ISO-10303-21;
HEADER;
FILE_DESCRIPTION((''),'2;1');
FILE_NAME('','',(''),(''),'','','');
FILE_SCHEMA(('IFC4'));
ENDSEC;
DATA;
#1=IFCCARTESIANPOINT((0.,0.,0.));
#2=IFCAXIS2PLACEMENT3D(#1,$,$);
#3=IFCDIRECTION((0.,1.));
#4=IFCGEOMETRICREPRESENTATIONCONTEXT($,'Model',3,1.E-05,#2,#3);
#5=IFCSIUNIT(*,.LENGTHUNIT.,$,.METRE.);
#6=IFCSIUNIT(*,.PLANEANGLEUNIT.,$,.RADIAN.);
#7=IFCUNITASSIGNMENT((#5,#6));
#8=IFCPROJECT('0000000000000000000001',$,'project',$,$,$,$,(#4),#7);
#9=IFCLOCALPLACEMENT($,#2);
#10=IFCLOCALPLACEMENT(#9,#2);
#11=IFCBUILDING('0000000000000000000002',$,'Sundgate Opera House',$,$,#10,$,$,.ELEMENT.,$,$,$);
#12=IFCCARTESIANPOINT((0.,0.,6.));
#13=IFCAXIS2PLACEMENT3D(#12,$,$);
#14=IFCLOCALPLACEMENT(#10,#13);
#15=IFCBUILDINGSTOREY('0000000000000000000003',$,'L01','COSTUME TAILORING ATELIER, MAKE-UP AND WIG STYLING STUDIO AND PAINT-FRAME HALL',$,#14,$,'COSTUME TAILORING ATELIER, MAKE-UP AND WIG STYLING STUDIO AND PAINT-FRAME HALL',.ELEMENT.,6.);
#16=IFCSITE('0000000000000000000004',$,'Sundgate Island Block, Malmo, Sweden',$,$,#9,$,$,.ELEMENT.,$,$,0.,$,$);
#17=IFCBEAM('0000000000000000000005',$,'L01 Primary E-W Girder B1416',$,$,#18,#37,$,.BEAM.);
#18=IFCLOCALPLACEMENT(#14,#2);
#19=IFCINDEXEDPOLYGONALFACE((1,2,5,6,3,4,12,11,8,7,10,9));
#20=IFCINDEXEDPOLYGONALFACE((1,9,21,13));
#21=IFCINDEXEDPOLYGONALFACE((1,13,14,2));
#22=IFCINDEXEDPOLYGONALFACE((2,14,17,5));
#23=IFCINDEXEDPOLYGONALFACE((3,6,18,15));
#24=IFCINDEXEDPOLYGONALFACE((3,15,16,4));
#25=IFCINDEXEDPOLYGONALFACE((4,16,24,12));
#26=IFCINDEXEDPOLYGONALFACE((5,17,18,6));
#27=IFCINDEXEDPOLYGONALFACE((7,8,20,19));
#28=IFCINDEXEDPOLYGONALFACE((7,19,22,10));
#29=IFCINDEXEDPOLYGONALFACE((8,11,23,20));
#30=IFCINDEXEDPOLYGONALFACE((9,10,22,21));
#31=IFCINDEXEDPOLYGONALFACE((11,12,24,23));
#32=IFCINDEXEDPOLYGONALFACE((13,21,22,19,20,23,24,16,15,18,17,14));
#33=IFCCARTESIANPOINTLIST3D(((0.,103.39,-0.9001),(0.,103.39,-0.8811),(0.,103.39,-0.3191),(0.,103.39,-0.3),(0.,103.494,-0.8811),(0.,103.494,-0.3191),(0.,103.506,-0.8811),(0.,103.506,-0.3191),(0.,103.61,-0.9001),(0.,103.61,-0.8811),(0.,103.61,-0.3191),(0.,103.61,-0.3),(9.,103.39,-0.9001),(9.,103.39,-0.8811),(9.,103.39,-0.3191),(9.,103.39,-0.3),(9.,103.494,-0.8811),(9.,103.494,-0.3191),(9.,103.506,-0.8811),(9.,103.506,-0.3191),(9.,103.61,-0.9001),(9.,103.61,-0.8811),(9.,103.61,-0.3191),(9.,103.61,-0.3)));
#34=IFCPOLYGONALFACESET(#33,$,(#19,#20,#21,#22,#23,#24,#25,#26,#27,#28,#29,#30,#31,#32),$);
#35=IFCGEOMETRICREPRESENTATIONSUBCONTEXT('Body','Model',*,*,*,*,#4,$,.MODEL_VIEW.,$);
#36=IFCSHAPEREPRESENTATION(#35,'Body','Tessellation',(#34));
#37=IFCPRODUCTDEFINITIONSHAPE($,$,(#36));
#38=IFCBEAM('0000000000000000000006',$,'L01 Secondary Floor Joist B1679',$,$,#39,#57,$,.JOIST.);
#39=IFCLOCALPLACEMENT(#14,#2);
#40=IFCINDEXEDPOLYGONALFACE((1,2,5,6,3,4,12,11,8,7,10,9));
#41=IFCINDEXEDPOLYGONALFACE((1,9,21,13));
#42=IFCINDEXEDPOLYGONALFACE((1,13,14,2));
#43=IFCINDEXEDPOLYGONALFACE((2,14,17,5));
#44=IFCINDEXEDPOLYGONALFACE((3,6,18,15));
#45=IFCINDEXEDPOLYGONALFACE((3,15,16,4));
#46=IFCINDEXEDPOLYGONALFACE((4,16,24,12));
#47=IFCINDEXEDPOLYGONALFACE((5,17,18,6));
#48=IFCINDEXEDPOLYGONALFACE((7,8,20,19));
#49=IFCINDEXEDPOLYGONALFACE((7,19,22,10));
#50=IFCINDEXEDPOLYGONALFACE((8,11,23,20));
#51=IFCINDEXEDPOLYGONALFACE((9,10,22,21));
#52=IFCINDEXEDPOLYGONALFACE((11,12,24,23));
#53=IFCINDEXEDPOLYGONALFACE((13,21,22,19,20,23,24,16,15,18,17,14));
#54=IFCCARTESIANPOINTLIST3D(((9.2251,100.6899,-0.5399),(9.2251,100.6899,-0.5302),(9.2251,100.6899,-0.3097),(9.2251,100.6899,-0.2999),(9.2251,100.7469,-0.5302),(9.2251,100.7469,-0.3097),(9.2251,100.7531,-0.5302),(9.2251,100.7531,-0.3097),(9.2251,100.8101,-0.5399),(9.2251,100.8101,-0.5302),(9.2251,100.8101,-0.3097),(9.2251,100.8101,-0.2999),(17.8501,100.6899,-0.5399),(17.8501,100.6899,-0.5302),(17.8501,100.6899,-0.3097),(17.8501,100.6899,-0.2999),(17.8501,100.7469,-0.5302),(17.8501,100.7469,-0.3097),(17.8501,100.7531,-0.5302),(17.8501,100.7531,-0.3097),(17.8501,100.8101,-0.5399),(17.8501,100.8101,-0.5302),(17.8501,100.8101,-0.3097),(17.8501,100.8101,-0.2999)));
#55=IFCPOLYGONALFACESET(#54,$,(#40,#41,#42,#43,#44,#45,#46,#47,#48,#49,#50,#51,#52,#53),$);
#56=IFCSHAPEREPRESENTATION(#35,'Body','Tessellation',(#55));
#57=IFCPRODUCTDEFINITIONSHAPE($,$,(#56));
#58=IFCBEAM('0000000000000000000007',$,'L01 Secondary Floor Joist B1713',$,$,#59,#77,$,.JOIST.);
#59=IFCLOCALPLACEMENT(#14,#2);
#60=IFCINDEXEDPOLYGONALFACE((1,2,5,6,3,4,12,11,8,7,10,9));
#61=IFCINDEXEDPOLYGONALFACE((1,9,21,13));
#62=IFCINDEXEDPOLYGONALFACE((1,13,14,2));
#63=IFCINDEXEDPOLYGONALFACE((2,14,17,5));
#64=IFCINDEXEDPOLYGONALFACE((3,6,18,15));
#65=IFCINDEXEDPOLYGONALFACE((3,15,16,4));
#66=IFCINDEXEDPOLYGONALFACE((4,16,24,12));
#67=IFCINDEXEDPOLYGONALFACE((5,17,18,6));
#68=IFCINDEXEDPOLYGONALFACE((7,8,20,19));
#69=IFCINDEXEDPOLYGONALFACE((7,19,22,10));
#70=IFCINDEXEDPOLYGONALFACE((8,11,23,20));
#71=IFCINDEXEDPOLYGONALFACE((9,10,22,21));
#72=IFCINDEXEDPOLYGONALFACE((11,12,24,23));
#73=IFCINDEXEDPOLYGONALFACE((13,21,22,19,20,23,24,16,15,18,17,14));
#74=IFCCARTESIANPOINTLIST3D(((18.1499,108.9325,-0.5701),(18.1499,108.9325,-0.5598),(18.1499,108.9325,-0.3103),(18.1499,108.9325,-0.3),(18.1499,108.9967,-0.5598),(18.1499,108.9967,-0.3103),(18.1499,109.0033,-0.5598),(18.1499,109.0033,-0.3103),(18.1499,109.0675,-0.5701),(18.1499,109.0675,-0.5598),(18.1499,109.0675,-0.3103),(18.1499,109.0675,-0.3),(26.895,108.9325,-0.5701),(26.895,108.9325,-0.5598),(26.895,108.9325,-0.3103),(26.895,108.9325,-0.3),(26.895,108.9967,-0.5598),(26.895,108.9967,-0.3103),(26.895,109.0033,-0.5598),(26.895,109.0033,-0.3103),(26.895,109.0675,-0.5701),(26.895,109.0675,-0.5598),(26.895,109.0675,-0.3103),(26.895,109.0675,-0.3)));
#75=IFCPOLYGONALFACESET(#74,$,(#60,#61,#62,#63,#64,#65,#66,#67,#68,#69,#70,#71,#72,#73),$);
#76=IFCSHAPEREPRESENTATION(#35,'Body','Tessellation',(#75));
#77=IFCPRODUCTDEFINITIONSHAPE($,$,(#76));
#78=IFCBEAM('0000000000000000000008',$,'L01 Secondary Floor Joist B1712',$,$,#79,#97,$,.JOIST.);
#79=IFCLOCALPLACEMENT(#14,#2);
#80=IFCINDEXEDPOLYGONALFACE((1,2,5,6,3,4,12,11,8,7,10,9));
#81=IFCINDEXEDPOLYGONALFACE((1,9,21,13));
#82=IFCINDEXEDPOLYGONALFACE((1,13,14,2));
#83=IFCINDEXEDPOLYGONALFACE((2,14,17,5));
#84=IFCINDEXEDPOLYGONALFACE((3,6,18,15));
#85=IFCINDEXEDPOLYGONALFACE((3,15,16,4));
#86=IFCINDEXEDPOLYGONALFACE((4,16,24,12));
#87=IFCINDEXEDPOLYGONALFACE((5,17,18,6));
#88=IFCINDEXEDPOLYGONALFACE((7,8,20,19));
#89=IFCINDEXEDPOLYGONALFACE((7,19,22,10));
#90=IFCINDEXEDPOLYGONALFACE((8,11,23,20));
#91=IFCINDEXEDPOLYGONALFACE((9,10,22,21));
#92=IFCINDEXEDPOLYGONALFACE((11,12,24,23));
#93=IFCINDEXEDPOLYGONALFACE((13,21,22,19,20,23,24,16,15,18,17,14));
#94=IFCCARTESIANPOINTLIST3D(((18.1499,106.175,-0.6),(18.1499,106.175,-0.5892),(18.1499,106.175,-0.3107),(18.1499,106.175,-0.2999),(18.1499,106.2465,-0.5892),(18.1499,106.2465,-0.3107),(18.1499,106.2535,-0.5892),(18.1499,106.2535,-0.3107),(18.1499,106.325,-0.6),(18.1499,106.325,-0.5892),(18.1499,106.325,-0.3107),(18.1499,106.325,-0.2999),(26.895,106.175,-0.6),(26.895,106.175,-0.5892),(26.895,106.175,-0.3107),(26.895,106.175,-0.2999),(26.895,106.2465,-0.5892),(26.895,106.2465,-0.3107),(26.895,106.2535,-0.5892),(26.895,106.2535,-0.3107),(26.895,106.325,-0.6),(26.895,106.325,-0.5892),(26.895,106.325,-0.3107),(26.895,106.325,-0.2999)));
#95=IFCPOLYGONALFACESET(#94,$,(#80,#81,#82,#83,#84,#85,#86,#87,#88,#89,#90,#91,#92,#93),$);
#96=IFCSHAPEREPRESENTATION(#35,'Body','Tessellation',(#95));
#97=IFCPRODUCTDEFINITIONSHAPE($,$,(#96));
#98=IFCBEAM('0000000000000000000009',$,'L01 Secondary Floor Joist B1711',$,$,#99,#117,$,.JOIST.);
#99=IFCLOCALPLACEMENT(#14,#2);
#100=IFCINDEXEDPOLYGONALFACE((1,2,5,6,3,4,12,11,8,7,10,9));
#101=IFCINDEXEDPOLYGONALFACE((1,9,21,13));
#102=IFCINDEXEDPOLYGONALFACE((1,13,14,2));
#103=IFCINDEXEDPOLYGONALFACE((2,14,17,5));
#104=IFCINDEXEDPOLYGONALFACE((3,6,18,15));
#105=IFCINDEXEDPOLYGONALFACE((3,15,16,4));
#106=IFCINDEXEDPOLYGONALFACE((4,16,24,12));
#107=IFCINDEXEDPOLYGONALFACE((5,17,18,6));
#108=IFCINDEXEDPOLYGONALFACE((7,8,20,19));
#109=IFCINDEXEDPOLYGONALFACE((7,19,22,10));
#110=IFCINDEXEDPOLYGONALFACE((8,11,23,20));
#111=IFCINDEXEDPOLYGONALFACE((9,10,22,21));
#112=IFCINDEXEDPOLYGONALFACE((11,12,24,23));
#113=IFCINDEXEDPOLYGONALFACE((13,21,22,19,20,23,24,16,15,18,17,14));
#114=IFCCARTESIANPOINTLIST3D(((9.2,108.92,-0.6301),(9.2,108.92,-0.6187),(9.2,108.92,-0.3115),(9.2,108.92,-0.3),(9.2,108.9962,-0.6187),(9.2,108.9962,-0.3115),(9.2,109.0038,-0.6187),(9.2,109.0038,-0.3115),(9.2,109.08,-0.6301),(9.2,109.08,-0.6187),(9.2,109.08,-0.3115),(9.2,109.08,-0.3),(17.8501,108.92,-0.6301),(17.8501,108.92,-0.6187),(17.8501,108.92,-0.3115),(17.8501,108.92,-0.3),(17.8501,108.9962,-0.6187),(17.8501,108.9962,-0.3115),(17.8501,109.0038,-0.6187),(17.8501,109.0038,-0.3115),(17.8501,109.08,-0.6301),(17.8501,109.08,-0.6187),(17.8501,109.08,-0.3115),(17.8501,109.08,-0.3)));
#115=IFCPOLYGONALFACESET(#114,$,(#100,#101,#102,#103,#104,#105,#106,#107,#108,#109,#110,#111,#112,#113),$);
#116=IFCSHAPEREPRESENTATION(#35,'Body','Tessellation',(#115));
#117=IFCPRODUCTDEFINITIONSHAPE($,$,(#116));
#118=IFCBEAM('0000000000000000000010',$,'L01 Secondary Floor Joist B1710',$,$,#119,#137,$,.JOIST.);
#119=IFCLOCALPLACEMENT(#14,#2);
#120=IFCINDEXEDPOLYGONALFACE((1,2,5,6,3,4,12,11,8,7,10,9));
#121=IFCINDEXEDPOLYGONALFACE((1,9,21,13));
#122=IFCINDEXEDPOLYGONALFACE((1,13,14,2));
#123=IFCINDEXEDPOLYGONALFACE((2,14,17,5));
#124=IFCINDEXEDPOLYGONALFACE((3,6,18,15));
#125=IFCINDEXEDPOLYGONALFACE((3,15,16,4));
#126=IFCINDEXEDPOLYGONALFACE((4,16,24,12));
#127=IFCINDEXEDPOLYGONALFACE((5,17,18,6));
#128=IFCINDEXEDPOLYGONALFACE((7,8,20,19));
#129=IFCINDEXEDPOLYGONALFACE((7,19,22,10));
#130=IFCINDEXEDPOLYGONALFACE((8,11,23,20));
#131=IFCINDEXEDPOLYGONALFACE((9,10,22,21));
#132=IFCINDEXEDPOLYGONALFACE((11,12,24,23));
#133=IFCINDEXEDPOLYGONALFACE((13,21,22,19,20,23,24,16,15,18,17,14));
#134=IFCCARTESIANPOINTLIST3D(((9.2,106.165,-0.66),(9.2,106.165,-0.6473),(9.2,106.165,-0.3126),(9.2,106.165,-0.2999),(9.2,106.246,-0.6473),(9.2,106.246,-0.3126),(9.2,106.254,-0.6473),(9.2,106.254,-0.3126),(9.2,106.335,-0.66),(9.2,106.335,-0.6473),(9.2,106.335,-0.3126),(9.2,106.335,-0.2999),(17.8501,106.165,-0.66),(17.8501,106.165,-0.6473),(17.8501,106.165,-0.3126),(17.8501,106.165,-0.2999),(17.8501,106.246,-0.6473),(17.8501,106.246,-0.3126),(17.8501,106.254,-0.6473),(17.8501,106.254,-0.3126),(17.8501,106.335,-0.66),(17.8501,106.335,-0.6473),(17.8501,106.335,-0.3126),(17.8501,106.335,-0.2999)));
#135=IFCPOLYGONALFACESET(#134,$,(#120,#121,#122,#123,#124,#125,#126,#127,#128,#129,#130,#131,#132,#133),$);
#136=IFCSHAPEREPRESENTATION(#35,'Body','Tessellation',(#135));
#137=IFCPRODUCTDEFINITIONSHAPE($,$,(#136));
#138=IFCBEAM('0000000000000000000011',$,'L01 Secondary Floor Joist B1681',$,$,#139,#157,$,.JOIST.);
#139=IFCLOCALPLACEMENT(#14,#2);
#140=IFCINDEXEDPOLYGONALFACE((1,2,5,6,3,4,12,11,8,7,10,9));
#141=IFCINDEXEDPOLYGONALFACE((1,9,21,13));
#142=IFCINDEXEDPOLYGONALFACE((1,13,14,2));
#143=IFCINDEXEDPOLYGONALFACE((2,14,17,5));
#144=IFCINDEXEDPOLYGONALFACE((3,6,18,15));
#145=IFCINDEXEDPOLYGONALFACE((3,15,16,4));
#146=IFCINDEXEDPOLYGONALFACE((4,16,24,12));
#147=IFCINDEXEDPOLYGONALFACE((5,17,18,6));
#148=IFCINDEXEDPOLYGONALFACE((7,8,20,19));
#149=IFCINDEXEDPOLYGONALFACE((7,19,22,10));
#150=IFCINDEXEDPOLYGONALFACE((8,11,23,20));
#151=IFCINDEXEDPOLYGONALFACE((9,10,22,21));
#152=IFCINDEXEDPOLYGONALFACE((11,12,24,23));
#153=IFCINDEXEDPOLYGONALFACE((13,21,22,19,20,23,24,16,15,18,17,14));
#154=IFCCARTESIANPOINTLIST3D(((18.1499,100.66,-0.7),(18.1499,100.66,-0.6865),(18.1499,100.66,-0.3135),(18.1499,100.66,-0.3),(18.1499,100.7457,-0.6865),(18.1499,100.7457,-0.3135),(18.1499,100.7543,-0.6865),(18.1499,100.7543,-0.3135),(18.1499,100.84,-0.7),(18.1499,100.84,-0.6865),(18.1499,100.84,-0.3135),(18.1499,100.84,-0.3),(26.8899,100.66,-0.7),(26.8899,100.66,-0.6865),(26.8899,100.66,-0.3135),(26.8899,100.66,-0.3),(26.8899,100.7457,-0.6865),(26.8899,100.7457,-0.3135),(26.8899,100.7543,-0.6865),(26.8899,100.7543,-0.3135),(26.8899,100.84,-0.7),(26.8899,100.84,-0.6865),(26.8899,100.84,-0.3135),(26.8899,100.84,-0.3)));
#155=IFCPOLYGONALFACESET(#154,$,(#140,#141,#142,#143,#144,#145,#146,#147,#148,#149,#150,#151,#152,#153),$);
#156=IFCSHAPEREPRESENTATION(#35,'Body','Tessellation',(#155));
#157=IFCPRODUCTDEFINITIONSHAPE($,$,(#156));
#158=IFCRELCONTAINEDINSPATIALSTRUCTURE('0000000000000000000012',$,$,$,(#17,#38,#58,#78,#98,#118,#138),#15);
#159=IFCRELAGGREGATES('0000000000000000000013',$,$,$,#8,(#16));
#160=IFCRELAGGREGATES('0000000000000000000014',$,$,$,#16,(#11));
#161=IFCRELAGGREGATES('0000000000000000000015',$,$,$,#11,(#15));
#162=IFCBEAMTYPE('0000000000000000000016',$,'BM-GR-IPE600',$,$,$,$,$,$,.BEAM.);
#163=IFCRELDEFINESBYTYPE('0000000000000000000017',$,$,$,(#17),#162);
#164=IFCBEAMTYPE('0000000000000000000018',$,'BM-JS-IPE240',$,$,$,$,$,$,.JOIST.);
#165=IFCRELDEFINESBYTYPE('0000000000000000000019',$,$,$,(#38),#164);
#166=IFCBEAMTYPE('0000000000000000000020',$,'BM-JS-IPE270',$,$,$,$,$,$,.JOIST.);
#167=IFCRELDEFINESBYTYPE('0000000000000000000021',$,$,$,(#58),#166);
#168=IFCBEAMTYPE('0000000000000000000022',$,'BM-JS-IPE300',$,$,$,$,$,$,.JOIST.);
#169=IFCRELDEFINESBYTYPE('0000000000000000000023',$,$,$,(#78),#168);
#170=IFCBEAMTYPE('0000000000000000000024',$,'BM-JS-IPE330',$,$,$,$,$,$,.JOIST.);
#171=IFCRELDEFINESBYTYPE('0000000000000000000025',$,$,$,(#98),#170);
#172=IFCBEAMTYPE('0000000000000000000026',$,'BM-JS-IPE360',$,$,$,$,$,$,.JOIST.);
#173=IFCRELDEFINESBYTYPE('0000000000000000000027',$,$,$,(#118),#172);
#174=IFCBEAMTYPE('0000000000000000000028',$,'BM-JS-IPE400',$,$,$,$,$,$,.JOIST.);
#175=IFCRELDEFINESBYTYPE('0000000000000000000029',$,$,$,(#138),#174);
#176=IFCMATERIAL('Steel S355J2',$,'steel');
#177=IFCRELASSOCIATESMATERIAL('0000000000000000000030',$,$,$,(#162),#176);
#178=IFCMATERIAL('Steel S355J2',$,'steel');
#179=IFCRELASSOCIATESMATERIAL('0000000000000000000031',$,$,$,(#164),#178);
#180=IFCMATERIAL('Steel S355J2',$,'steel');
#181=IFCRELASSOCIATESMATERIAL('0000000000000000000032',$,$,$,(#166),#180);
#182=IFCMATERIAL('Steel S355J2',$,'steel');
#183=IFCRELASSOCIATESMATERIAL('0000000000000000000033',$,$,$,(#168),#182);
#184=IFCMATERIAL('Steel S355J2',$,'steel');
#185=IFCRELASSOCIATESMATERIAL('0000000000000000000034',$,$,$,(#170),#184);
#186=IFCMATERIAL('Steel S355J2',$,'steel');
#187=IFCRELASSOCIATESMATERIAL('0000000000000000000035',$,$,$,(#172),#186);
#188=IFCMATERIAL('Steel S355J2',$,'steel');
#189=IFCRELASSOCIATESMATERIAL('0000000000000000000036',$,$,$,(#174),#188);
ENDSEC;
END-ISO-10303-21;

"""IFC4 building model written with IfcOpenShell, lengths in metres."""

from ifc_helpers import new_model, si_unit, direction, frame, origin, origin_2d, place, context, subcontext, project, spatial, i_section, extrude, material, material_profile, profile_set, type_object, element, save


model = new_model("IFC4")

# Units and contexts
model_context = context("Model", 3, precision=1e-05, world=origin(), true_north=direction((0.0, 1.0)))
body_context = subcontext(model_context, "Body", "Model", "MODEL_VIEW")
ifc_project = project(units=[si_unit("LENGTHUNIT", "METRE"), si_unit("PLANEANGLEUNIT", "RADIAN")], contexts=[model_context])

# Site, building, storey
site_placement = place(None, origin())
site = spatial("IfcSite", under=ifc_project, at=site_placement, Name="Sundgate Island Block, Malmo, Sweden", CompositionType="ELEMENT", RefElevation=0.0)
building_placement = place(site_placement, origin())
building = spatial("IfcBuilding", under=site, at=building_placement, Name="Sundgate Opera House", CompositionType="ELEMENT")
storey_placement = place(building_placement, frame((0.0, 0.0, 6.0)))
storey = spatial("IfcBuildingStorey", under=building, at=storey_placement, Name="L01", Description="COSTUME TAILORING ATELIER, MAKE-UP AND WIG STYLING STUDIO AND PAINT-FRAME HALL", LongName="COSTUME TAILORING ATELIER, MAKE-UP AND WIG STYLING STUDIO AND PAINT-FRAME HALL", CompositionType="ELEMENT", Elevation=6.0)

# Beams
ifc_material_1 = material(Name="Steel S355J2", Category="steel")
ifc_material_profile_1 = material_profile(ifc_material_1, i_section(OverallWidth=0.22, OverallDepth=0.6001, WebThickness=0.012, FlangeThickness=0.019, at=origin_2d()), Name="IPE 600")
ifc_profile_set_1 = profile_set([ifc_material_profile_1], Name="Steel S355J2")
beam_type_1 = type_object("IfcBeamType", Name="BM-GR-IPE600", PredefinedType="BEAM", material=ifc_profile_set_1)
beam_1_placement = place(storey_placement, frame((0.0, 103.5, -0.6001), z_axis=(1.0, 0.0, 0.0), x_axis=(0.0, 1.0, 0.0)))
element("IfcBeam", 1, at=beam_1_placement, inside=storey, type_object=beam_type_1, Name="L01 Primary E-W Girder B1416", PredefinedType="BEAM", context=body_context, shape_type="SweptSolid", body=[
    extrude(i_section(OverallWidth=0.22, OverallDepth=0.6001, WebThickness=0.012, FlangeThickness=0.019, at=origin_2d()), origin(), (0.0, 0.0, 1.0), 9.0),
])
ifc_material_2 = material(Name="Steel S355J2", Category="steel")
ifc_material_profile_2 = material_profile(ifc_material_2, i_section(OverallWidth=0.1201, OverallDepth=0.24, WebThickness=0.0061, FlangeThickness=0.0098, at=origin_2d()), Name="IPE 240")
ifc_profile_set_2 = profile_set([ifc_material_profile_2], Name="Steel S355J2")
beam_type_2 = type_object("IfcBeamType", Name="BM-JS-IPE240", PredefinedType="JOIST", material=ifc_profile_set_2)
beam_2_placement = place(storey_placement, frame((9.2251, 100.75, -0.4199), z_axis=(1.0, 0.0, 0.0), x_axis=(0.0, 1.0, 0.0)))
element("IfcBeam", 2, at=beam_2_placement, inside=storey, type_object=beam_type_2, Name="L01 Secondary Floor Joist B1679", PredefinedType="JOIST", context=body_context, shape_type="SweptSolid", body=[
    extrude(i_section(OverallWidth=0.1201, OverallDepth=0.24, WebThickness=0.0061, FlangeThickness=0.0098, at=origin_2d()), origin(), (0.0, 0.0, 1.0), 8.625),
])
ifc_material_3 = material(Name="Steel S355J2", Category="steel")
ifc_material_profile_3 = material_profile(ifc_material_3, i_section(OverallWidth=0.135, OverallDepth=0.27, WebThickness=0.0066, FlangeThickness=0.0103, at=origin_2d()), Name="IPE 270")
ifc_profile_set_3 = profile_set([ifc_material_profile_3], Name="Steel S355J2")
beam_type_3 = type_object("IfcBeamType", Name="BM-JS-IPE270", PredefinedType="JOIST", material=ifc_profile_set_3)
beam_3_placement = place(storey_placement, frame((18.1499, 109.0, -0.4351), z_axis=(1.0, 0.0, 0.0), x_axis=(0.0, 1.0, 0.0)))
element("IfcBeam", 3, at=beam_3_placement, inside=storey, type_object=beam_type_3, Name="L01 Secondary Floor Joist B1713", PredefinedType="JOIST", context=body_context, shape_type="SweptSolid", body=[
    extrude(i_section(OverallWidth=0.135, OverallDepth=0.27, WebThickness=0.0066, FlangeThickness=0.0103, at=origin_2d()), origin(), (0.0, 0.0, 1.0), 8.7451),
])
ifc_material_4 = material(Name="Steel S355J2", Category="steel")
ifc_material_profile_4 = material_profile(ifc_material_4, i_section(OverallWidth=0.1499, OverallDepth=0.3, WebThickness=0.0071, FlangeThickness=0.0107, at=origin_2d()), Name="IPE 300")
ifc_profile_set_4 = profile_set([ifc_material_profile_4], Name="Steel S355J2")
beam_type_4 = type_object("IfcBeamType", Name="BM-JS-IPE300", PredefinedType="JOIST", material=ifc_profile_set_4)
beam_4_placement = place(storey_placement, frame((18.1499, 106.25, -0.45), z_axis=(1.0, 0.0, 0.0), x_axis=(0.0, 1.0, 0.0)))
element("IfcBeam", 4, at=beam_4_placement, inside=storey, type_object=beam_type_4, Name="L01 Secondary Floor Joist B1712", PredefinedType="JOIST", context=body_context, shape_type="SweptSolid", body=[
    extrude(i_section(OverallWidth=0.1499, OverallDepth=0.3, WebThickness=0.0071, FlangeThickness=0.0107, at=origin_2d()), origin(), (0.0, 0.0, 1.0), 8.7451),
])
ifc_material_5 = material(Name="Steel S355J2", Category="steel")
ifc_material_profile_5 = material_profile(ifc_material_5, i_section(OverallWidth=0.1599, OverallDepth=0.3301, WebThickness=0.0076, FlangeThickness=0.0115, at=origin_2d()), Name="IPE 330")
ifc_profile_set_5 = profile_set([ifc_material_profile_5], Name="Steel S355J2")
beam_type_5 = type_object("IfcBeamType", Name="BM-JS-IPE330", PredefinedType="JOIST", material=ifc_profile_set_5)
beam_5_placement = place(storey_placement, frame((9.2, 109.0, -0.4651), z_axis=(1.0, 0.0, 0.0), x_axis=(0.0, 1.0, 0.0)))
element("IfcBeam", 5, at=beam_5_placement, inside=storey, type_object=beam_type_5, Name="L01 Secondary Floor Joist B1711", PredefinedType="JOIST", context=body_context, shape_type="SweptSolid", body=[
    extrude(i_section(OverallWidth=0.1599, OverallDepth=0.3301, WebThickness=0.0076, FlangeThickness=0.0115, at=origin_2d()), origin(), (0.0, 0.0, 1.0), 8.6501),
])
ifc_material_6 = material(Name="Steel S355J2", Category="steel")
ifc_material_profile_6 = material_profile(ifc_material_6, i_section(OverallWidth=0.1699, OverallDepth=0.3601, WebThickness=0.0081, FlangeThickness=0.0127, at=origin_2d()), Name="IPE 360")
ifc_profile_set_6 = profile_set([ifc_material_profile_6], Name="Steel S355J2")
beam_type_6 = type_object("IfcBeamType", Name="BM-JS-IPE360", PredefinedType="JOIST", material=ifc_profile_set_6)
beam_6_placement = place(storey_placement, frame((9.2, 106.25, -0.48), z_axis=(1.0, 0.0, 0.0), x_axis=(0.0, 1.0, 0.0)))
element("IfcBeam", 6, at=beam_6_placement, inside=storey, type_object=beam_type_6, Name="L01 Secondary Floor Joist B1710", PredefinedType="JOIST", context=body_context, shape_type="SweptSolid", body=[
    extrude(i_section(OverallWidth=0.1699, OverallDepth=0.3601, WebThickness=0.0081, FlangeThickness=0.0127, at=origin_2d()), origin(), (0.0, 0.0, 1.0), 8.6501),
])
ifc_material_7 = material(Name="Steel S355J2", Category="steel")
ifc_material_profile_7 = material_profile(ifc_material_7, i_section(OverallWidth=0.1799, OverallDepth=0.3999, WebThickness=0.0085, FlangeThickness=0.0134, at=origin_2d()), Name="IPE 400")
ifc_profile_set_7 = profile_set([ifc_material_profile_7], Name="Steel S355J2")
beam_type_7 = type_object("IfcBeamType", Name="BM-JS-IPE400", PredefinedType="JOIST", material=ifc_profile_set_7)
beam_7_placement = place(storey_placement, frame((18.1499, 100.75, -0.5), z_axis=(1.0, 0.0, 0.0), x_axis=(0.0, 1.0, 0.0)))
element("IfcBeam", 7, at=beam_7_placement, inside=storey, type_object=beam_type_7, Name="L01 Secondary Floor Joist B1681", PredefinedType="JOIST", context=body_context, shape_type="SweptSolid", body=[
    extrude(i_section(OverallWidth=0.1799, OverallDepth=0.3999, WebThickness=0.0085, FlangeThickness=0.0134, at=origin_2d()), origin(), (0.0, 0.0, 1.0), 8.74),
])

save(model, "model.ifc")
